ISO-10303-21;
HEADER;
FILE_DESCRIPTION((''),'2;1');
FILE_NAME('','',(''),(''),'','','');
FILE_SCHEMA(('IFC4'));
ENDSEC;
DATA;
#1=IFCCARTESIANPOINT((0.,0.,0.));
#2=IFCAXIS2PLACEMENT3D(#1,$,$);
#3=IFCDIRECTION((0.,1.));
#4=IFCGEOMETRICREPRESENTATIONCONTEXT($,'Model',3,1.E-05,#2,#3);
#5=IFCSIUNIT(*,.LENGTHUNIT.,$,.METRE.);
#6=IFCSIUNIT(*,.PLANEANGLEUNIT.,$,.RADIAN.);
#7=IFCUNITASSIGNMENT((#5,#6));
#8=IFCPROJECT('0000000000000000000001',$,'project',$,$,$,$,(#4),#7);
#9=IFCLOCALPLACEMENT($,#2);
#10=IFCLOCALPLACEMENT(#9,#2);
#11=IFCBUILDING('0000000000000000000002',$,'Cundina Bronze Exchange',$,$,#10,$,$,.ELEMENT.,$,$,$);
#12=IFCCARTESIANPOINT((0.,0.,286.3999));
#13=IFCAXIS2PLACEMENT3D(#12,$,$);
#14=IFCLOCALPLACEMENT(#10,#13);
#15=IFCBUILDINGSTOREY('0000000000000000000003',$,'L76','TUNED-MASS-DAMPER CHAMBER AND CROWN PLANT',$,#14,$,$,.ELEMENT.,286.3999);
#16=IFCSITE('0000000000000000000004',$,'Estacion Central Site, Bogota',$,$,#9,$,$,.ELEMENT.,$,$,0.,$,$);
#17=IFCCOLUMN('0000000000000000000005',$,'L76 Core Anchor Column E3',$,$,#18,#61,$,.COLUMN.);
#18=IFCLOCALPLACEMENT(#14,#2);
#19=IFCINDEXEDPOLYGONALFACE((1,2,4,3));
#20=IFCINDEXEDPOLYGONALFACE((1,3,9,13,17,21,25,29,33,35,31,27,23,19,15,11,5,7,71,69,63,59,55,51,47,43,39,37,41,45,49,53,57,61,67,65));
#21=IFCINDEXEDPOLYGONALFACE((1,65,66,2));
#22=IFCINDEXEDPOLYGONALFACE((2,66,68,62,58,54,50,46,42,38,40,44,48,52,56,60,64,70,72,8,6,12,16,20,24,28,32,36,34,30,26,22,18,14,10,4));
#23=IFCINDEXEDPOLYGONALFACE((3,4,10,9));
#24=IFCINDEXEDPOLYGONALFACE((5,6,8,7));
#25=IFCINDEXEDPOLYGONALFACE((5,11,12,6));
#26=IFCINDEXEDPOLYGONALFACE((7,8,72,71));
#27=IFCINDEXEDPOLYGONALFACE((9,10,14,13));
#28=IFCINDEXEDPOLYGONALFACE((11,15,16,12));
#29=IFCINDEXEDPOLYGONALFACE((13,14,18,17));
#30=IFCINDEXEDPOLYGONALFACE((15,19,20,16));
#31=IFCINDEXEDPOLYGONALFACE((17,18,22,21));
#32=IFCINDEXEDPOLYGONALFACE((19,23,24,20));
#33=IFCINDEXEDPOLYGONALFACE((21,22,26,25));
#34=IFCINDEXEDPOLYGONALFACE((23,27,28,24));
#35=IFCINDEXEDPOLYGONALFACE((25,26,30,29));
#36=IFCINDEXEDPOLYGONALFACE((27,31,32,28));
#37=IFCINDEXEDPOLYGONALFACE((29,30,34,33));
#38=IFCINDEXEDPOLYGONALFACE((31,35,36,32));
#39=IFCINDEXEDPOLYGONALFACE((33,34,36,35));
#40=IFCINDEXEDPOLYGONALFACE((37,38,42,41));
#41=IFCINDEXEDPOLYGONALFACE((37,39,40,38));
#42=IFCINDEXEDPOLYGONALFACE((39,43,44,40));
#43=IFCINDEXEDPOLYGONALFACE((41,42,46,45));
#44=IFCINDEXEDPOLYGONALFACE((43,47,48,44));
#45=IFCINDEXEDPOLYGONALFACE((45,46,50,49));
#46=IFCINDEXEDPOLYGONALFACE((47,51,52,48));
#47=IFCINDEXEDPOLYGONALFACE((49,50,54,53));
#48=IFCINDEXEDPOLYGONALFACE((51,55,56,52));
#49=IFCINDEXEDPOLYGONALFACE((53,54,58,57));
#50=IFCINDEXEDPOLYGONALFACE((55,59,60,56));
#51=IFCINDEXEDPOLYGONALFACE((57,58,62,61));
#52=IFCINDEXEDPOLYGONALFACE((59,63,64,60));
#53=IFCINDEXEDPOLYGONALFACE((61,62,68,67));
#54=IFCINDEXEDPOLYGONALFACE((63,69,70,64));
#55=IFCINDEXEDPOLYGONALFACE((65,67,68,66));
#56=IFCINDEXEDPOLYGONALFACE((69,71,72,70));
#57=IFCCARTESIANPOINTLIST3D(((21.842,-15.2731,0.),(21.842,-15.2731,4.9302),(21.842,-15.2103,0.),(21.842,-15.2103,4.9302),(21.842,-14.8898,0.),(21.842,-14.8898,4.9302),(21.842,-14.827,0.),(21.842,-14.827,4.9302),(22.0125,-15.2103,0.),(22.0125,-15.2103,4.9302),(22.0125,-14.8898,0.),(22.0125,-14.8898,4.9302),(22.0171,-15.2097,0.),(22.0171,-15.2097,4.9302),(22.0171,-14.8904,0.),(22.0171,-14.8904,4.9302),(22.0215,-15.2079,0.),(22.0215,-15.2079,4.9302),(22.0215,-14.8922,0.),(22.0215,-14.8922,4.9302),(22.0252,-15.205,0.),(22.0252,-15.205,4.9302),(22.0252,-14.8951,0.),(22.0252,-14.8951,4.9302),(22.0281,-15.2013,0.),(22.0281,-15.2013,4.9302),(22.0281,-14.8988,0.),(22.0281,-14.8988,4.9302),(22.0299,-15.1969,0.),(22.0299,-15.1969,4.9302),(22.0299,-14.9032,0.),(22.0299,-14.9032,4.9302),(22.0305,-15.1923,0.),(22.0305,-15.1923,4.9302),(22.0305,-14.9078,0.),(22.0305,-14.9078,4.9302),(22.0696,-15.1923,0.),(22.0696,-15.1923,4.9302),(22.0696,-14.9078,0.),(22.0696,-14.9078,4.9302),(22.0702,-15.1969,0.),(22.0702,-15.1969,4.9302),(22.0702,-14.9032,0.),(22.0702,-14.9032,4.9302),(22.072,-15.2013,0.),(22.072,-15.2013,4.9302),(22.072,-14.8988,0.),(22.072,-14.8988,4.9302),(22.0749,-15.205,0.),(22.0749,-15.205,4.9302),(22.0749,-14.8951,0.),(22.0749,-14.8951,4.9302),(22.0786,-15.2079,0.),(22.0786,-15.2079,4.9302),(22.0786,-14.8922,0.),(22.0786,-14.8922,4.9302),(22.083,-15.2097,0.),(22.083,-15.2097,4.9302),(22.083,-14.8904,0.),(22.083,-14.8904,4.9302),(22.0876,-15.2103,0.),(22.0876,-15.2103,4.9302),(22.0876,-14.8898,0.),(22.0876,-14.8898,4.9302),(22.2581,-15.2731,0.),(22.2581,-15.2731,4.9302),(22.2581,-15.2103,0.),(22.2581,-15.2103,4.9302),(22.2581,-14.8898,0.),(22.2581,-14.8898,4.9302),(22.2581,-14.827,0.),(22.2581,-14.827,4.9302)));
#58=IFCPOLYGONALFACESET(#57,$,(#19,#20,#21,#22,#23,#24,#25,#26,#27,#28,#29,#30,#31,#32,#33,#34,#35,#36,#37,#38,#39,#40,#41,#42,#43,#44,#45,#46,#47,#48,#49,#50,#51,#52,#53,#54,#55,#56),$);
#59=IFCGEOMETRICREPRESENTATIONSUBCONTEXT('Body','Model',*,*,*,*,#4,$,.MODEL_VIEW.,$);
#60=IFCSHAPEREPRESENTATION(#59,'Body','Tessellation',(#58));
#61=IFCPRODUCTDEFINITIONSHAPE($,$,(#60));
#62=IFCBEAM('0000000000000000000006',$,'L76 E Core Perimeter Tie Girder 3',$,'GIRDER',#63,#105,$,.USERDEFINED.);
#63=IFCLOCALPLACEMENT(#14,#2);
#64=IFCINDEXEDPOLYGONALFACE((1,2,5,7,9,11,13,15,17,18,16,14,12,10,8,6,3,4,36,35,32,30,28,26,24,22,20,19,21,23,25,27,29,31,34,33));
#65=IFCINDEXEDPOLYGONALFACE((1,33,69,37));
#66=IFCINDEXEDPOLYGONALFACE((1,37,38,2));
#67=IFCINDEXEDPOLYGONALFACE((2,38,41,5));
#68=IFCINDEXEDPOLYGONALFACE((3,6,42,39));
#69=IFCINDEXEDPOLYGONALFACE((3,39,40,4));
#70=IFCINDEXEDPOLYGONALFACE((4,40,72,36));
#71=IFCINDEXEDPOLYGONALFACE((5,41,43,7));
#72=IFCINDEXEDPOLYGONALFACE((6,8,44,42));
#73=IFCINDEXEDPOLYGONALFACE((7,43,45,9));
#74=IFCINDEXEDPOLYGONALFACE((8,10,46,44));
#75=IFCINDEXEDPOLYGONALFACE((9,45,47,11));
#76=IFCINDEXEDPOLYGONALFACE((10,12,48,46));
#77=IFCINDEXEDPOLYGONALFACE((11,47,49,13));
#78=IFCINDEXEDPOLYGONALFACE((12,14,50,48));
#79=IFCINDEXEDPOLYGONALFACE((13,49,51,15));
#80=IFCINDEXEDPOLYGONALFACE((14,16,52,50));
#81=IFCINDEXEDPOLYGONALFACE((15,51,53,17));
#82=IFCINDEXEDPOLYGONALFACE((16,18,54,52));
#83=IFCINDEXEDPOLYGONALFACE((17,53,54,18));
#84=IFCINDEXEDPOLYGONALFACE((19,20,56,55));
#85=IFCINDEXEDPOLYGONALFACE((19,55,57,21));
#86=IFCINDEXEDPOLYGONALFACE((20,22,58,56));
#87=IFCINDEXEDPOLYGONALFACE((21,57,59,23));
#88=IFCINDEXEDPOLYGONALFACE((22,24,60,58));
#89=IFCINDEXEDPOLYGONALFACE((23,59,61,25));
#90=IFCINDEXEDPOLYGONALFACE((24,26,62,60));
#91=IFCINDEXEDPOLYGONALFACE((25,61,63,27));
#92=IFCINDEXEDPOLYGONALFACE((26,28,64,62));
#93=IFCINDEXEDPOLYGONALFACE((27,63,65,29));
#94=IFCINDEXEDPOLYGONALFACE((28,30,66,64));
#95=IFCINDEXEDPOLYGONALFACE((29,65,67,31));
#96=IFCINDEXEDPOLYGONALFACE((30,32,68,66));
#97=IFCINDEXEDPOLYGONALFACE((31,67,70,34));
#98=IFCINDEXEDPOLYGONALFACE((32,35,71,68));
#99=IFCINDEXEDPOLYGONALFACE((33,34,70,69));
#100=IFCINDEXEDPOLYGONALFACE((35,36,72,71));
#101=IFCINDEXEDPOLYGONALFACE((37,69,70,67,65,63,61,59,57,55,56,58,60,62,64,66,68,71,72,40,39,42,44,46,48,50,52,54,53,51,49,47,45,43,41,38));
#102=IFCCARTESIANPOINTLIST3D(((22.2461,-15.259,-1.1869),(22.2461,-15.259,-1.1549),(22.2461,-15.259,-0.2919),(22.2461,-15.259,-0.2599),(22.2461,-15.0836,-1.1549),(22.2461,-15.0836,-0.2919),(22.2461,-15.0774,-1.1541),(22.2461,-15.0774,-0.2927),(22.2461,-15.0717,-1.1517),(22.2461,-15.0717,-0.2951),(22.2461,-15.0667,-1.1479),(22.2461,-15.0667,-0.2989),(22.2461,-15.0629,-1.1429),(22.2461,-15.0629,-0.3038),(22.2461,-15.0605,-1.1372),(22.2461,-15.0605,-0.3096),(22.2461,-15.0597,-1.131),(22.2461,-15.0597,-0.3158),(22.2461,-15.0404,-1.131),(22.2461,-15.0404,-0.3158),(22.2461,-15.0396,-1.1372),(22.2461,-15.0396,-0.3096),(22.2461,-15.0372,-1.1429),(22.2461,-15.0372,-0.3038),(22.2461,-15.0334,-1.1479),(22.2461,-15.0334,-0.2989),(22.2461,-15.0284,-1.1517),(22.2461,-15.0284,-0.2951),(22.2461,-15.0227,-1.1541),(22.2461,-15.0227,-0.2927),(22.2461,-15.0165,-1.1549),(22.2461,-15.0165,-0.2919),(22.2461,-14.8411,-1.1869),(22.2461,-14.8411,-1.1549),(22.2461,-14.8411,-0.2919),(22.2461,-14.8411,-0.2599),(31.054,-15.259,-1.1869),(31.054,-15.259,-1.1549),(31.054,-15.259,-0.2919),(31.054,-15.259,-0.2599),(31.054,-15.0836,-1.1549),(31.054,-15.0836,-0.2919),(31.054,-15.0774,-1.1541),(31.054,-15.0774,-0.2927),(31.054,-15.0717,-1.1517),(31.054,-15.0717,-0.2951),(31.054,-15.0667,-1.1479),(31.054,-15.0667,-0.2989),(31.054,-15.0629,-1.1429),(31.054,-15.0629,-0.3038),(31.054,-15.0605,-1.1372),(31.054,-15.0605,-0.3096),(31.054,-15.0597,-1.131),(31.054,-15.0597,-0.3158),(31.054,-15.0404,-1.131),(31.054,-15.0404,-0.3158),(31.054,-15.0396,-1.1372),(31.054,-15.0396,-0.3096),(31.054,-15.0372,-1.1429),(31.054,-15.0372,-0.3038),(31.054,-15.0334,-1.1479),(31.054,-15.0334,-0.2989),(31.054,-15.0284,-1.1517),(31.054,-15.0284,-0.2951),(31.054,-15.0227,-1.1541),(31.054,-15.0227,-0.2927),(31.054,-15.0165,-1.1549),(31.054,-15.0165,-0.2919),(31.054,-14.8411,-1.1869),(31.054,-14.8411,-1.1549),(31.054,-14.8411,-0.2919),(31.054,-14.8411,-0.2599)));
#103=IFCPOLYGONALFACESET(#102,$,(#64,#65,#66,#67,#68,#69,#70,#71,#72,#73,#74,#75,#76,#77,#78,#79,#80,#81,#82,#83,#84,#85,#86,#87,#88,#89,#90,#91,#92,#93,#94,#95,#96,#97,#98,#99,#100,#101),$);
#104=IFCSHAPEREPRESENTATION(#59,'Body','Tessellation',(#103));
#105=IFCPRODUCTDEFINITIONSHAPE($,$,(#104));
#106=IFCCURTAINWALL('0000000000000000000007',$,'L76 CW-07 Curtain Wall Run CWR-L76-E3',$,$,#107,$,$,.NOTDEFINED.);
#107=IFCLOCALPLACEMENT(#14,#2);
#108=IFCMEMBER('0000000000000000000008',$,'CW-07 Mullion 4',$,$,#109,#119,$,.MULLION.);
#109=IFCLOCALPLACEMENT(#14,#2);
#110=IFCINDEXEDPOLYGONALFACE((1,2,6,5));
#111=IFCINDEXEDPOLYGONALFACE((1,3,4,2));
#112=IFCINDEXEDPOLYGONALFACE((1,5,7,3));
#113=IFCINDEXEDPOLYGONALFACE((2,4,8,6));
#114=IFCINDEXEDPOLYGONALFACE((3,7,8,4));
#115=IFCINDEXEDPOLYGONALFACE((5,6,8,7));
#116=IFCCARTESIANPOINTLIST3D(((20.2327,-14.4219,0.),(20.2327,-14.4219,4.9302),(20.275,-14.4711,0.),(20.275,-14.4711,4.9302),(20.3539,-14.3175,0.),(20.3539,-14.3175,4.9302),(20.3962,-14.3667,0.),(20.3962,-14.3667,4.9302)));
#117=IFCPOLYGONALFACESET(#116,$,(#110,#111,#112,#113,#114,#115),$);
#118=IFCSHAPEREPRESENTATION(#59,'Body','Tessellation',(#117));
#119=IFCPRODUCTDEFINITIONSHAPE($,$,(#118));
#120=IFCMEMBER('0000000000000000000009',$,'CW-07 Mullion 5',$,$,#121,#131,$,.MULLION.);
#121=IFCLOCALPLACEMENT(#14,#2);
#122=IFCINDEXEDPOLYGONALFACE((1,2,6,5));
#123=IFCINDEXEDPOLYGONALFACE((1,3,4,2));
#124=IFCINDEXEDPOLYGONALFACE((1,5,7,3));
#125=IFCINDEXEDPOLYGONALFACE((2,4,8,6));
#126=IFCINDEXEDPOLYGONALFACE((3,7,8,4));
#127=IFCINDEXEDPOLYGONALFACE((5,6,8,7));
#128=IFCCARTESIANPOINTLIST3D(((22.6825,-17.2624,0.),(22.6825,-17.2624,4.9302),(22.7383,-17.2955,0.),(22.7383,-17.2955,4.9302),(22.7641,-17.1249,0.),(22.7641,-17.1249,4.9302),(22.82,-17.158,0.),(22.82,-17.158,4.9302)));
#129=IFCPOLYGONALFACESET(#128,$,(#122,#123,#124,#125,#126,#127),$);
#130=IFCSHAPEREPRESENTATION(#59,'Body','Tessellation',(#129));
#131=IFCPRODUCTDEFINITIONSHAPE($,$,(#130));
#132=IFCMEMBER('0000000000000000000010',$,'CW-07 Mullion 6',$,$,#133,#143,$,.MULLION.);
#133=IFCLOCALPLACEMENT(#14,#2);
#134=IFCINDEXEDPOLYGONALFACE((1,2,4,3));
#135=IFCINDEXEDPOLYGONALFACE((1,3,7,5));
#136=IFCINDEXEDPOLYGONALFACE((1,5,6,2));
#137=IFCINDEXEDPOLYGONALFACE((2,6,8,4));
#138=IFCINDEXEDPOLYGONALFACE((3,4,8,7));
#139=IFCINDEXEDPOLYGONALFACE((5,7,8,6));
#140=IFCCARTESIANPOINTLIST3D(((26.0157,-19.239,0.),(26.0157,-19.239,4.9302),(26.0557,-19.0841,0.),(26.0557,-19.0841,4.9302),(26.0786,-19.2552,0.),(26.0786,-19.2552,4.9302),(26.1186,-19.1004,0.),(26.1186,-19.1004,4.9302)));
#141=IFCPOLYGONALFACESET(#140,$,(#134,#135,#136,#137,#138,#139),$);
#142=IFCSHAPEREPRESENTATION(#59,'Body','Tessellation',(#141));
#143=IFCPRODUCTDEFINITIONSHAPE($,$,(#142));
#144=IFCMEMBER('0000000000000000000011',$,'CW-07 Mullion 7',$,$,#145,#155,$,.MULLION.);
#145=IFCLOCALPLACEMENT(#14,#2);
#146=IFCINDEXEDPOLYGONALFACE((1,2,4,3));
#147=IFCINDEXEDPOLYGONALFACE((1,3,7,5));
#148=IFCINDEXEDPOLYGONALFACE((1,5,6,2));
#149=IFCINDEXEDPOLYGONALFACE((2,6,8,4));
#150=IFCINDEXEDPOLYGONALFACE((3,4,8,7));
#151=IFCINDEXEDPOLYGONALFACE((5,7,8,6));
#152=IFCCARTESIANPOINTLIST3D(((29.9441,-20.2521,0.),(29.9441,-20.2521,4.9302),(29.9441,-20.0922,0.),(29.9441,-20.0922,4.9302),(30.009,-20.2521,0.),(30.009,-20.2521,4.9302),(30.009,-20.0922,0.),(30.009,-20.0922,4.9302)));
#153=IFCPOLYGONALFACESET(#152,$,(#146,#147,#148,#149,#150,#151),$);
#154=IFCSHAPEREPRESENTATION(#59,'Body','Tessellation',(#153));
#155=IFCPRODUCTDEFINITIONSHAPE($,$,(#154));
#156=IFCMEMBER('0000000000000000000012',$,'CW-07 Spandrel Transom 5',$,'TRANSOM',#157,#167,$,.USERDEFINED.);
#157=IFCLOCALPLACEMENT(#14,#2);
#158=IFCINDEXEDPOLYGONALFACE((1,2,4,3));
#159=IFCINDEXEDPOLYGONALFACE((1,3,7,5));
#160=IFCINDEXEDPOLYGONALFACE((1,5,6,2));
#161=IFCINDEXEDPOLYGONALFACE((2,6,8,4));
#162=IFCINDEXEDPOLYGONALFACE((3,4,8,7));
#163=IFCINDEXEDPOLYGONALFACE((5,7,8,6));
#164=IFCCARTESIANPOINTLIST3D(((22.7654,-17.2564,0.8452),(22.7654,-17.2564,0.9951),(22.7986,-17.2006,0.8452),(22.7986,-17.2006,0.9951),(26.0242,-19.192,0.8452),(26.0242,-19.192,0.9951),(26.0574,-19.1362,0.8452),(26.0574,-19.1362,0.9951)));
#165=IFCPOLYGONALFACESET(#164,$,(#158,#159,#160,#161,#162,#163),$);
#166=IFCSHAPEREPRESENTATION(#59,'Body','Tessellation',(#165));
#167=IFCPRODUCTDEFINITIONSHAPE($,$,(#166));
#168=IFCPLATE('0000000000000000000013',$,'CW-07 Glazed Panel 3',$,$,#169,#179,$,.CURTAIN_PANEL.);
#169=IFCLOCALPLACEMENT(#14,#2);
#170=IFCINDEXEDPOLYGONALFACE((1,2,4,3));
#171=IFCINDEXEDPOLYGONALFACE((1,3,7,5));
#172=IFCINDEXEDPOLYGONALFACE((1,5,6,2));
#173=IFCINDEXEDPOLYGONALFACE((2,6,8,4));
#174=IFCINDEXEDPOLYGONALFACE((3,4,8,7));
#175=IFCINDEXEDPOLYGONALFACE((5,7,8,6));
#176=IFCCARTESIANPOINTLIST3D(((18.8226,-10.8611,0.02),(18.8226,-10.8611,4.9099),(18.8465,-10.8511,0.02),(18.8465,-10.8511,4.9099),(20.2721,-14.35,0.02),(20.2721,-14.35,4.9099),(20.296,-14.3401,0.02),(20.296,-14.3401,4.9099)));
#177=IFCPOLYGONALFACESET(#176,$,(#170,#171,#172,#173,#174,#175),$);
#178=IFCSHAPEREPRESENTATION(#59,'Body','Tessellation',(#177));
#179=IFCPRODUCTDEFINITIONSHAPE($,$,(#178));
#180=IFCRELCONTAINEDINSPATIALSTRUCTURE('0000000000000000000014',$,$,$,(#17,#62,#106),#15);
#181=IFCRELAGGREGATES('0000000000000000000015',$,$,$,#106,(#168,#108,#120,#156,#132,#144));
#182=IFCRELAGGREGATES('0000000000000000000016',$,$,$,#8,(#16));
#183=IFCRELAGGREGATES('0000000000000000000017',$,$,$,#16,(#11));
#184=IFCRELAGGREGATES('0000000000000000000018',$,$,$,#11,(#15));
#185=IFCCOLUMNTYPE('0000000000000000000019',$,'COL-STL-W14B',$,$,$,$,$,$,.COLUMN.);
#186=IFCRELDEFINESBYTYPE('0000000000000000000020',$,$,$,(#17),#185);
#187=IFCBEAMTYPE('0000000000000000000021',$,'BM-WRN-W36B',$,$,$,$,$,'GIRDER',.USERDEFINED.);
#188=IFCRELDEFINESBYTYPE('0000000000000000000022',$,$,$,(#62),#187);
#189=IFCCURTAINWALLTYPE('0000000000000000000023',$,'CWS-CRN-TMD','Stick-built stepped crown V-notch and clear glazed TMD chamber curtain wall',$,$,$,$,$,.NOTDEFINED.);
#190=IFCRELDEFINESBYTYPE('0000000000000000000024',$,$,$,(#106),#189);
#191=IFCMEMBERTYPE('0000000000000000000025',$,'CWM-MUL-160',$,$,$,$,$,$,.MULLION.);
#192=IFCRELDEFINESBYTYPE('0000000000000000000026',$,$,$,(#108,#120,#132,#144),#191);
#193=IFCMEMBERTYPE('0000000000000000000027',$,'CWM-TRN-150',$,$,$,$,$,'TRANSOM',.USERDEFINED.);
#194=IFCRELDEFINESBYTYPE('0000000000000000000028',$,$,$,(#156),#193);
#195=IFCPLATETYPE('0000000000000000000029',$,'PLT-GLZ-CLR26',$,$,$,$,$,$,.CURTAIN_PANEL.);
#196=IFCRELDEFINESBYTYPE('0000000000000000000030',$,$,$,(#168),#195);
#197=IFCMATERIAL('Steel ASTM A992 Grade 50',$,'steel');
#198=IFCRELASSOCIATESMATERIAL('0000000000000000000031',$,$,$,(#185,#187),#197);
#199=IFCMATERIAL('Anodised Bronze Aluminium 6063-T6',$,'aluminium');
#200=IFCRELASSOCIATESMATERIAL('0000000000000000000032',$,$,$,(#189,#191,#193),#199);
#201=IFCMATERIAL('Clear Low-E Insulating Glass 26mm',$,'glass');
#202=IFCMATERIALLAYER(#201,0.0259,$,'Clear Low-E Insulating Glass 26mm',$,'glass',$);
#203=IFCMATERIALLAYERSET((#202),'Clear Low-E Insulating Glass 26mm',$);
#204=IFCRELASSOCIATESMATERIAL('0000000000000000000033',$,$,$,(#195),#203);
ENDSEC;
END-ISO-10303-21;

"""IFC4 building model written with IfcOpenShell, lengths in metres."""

from ifc_helpers import new_model, si_unit, direction, frame, origin, origin_2d, place, context, subcontext, project, spatial, rectangle, i_section, extrude, material, layer, layer_set, material_profile, profile_set, type_object, element, aggregate, save


model = new_model("IFC4")

# Units and contexts
model_context = context("Model", 3, precision=1e-05, world=origin(), true_north=direction((0.0, 1.0)))
body_context = subcontext(model_context, "Body", "Model", "MODEL_VIEW")
ifc_project = project(units=[si_unit("LENGTHUNIT", "METRE"), si_unit("PLANEANGLEUNIT", "RADIAN")], contexts=[model_context])

# Site, building, storey
site_placement = place(None, origin())
site = spatial("IfcSite", under=ifc_project, at=site_placement, Name="Estacion Central Site, Bogota", CompositionType="ELEMENT", RefElevation=0.0)
building_placement = place(site_placement, origin())
building = spatial("IfcBuilding", under=site, at=building_placement, Name="Cundina Bronze Exchange", CompositionType="ELEMENT")
storey_placement = place(building_placement, frame((0.0, 0.0, 286.3999)))
storey = spatial("IfcBuildingStorey", under=building, at=storey_placement, Name="L76", Description="TUNED-MASS-DAMPER CHAMBER AND CROWN PLANT", CompositionType="ELEMENT", Elevation=286.3999)

# Column
ifc_material_1 = material(Name="Steel ASTM A992 Grade 50", Category="steel")
ifc_material_profile_1 = material_profile(ifc_material_1, i_section(OverallWidth=0.416, OverallDepth=0.446, WebThickness=0.0391, FlangeThickness=0.0627, FilletRadius=0.0181, at=origin_2d()), Name="W14X342", Category="steel")
ifc_profile_set_1 = profile_set([ifc_material_profile_1], Name="Steel ASTM A992 Grade 50")
column_type = type_object("IfcColumnType", Name="COL-STL-W14B", PredefinedType="COLUMN", material=ifc_profile_set_1)
column_placement = place(storey_placement, frame((22.05, -15.05, 0.0), z_axis=(0.0, 0.0, 1.0), x_axis=(1.0, 0.0, 0.0)))
element("IfcColumn", 1, at=column_placement, inside=storey, type_object=column_type, Name="L76 Core Anchor Column E3", PredefinedType="COLUMN", context=body_context, shape_type="SweptSolid", body=[
    extrude(i_section(OverallWidth=0.416, OverallDepth=0.446, WebThickness=0.0391, FlangeThickness=0.0627, FilletRadius=0.0181, at=origin_2d()), origin(), (0.0, 0.0, 1.0), 4.9302),
])

# Beam
ifc_material_profile_2 = material_profile(ifc_material_1, i_section(OverallWidth=0.418, OverallDepth=0.927, WebThickness=0.0193, FlangeThickness=0.032, FilletRadius=0.0239, at=origin_2d()), Name="W36X231", Category="steel")
ifc_profile_set_2 = profile_set([ifc_material_profile_2], Name="Steel ASTM A992 Grade 50")
beam_type = type_object("IfcBeamType", Name="BM-WRN-W36B", ElementType="GIRDER", PredefinedType="USERDEFINED", material=ifc_profile_set_2)
beam_placement = place(storey_placement, frame((22.2461, -15.05, -0.7234), z_axis=(1.0, 0.0, 0.0), x_axis=(0.0, 1.0, 0.0)))
element("IfcBeam", 2, at=beam_placement, inside=storey, type_object=beam_type, Name="L76 E Core Perimeter Tie Girder 3", ObjectType="GIRDER", PredefinedType="USERDEFINED", context=body_context, shape_type="SweptSolid", body=[
    extrude(i_section(OverallWidth=0.418, OverallDepth=0.927, WebThickness=0.0193, FlangeThickness=0.032, FilletRadius=0.0239, at=origin_2d()), origin(), (0.0, 0.0, 1.0), 8.8079),
])

# Curtain wall, members, plate
ifc_material_2 = material(Name="Anodised Bronze Aluminium 6063-T6", Category="aluminium")
curtain_wall_type = type_object("IfcCurtainWallType", Name="CWS-CRN-TMD", Description="Stick-built stepped crown V-notch and clear glazed TMD chamber curtain wall", PredefinedType="NOTDEFINED", material=ifc_material_2)
curtain_wall_placement = place(storey_placement, origin())
curtain_wall = element("IfcCurtainWall", 3, at=curtain_wall_placement, inside=storey, type_object=curtain_wall_type, Name="L76 CW-07 Curtain Wall Run CWR-L76-E3", PredefinedType="NOTDEFINED")
ifc_material_profile_3 = material_profile(ifc_material_2, rectangle(XDim=0.0649, YDim=0.1599, at=origin_2d()), Name="AL65X160", Category="aluminium")
ifc_profile_set_3 = profile_set([ifc_material_profile_3], Name="Anodised Bronze Aluminium 6063-T6")
member_type_1 = type_object("IfcMemberType", Name="CWM-MUL-160", PredefinedType="MULLION", material=ifc_profile_set_3)
member_1_placement = place(storey_placement, frame((20.3145, -14.3943, 0.0), z_axis=(0.0, 0.0, 1.0), x_axis=(0.652495, -0.757793, 0.0)))
member_1 = element("IfcMember", 4, at=member_1_placement, type_object=member_type_1, Name="CW-07 Mullion 4", PredefinedType="MULLION", context=body_context, shape_type="SweptSolid", body=[
    extrude(rectangle(XDim=0.0649, YDim=0.1599, at=origin_2d()), origin(), (0.0, 0.0, 1.0), 4.9302),
])
member_2_placement = place(storey_placement, frame((22.7512, -17.2102, 0.0), z_axis=(0.0, 0.0, 1.0), x_axis=(0.859763, -0.510693, 0.0)))
member_2 = element("IfcMember", 5, at=member_2_placement, type_object=member_type_1, Name="CW-07 Mullion 5", PredefinedType="MULLION", context=body_context, shape_type="SweptSolid", body=[
    extrude(rectangle(XDim=0.0649, YDim=0.1599, at=origin_2d()), origin(), (0.0, 0.0, 1.0), 4.9302),
])
member_3_placement = place(storey_placement, frame((26.0671, -19.1697, 0.0), z_axis=(0.0, 0.0, 1.0), x_axis=(0.968148, -0.25038, 0.0)))
member_3 = element("IfcMember", 6, at=member_3_placement, type_object=member_type_1, Name="CW-07 Mullion 6", PredefinedType="MULLION", context=body_context, shape_type="SweptSolid", body=[
    extrude(rectangle(XDim=0.0649, YDim=0.1599, at=origin_2d()), origin(), (0.0, 0.0, 1.0), 4.9302),
])
member_4_placement = place(storey_placement, frame((29.9766, -20.1721, 0.0), z_axis=(0.0, 0.0, 1.0), x_axis=(1.0, 0.0, 0.0)))
member_4 = element("IfcMember", 7, at=member_4_placement, type_object=member_type_1, Name="CW-07 Mullion 7", PredefinedType="MULLION", context=body_context, shape_type="SweptSolid", body=[
    extrude(rectangle(XDim=0.0649, YDim=0.1599, at=origin_2d()), origin(), (0.0, 0.0, 1.0), 4.9302),
])
ifc_material_profile_4 = material_profile(ifc_material_2, rectangle(XDim=0.0649, YDim=0.1499, at=origin_2d()), Name="AL65X150", Category="aluminium")
ifc_profile_set_4 = profile_set([ifc_material_profile_4], Name="Anodised Bronze Aluminium 6063-T6")
member_type_2 = type_object("IfcMemberType", Name="CWM-TRN-150", ElementType="TRANSOM", PredefinedType="USERDEFINED", material=ifc_profile_set_4)
member_5_placement = place(storey_placement, frame((22.782, -17.2285, 0.9202), z_axis=(0.859781, -0.510664, 0.0), x_axis=(0.510664, 0.859781, 0.0)))
member_5 = element("IfcMember", 8, at=member_5_placement, type_object=member_type_2, Name="CW-07 Spandrel Transom 5", ObjectType="TRANSOM", PredefinedType="USERDEFINED", context=body_context, shape_type="SweptSolid", body=[
    extrude(rectangle(XDim=0.0649, YDim=0.1499, at=origin_2d()), origin(), (0.0, 0.0, 1.0), 3.7903),
])
ifc_material_3 = material(Name="Clear Low-E Insulating Glass 26mm", Category="glass")
ifc_layer_1 = layer(ifc_material_3, 0.0259, Name="Clear Low-E Insulating Glass 26mm", Category="glass")
ifc_layer_set_1 = layer_set([ifc_layer_1], Name="Clear Low-E Insulating Glass 26mm")
plate_type = type_object("IfcPlateType", Name="PLT-GLZ-CLR26", PredefinedType="CURTAIN_PANEL", material=ifc_layer_set_1)
plate_1_placement = place(storey_placement, frame((19.5593, -12.6006, 0.02), z_axis=(0.0, 0.0, 1.0), x_axis=(0.383667, -0.923472, 0.0)))
plate_1 = element("IfcPlate", 9, at=plate_1_placement, type_object=plate_type, Name="CW-07 Glazed Panel 3", PredefinedType="CURTAIN_PANEL", context=body_context, shape_type="SweptSolid", body=[
    extrude(rectangle(XDim=3.7781, YDim=0.0259, at=origin_2d()), origin(), (0.0, 0.0, 1.0), 4.8899),
])
aggregate(curtain_wall, [plate_1, member_1, member_2, member_5, member_3, member_4])

save(model, "model.ifc")
